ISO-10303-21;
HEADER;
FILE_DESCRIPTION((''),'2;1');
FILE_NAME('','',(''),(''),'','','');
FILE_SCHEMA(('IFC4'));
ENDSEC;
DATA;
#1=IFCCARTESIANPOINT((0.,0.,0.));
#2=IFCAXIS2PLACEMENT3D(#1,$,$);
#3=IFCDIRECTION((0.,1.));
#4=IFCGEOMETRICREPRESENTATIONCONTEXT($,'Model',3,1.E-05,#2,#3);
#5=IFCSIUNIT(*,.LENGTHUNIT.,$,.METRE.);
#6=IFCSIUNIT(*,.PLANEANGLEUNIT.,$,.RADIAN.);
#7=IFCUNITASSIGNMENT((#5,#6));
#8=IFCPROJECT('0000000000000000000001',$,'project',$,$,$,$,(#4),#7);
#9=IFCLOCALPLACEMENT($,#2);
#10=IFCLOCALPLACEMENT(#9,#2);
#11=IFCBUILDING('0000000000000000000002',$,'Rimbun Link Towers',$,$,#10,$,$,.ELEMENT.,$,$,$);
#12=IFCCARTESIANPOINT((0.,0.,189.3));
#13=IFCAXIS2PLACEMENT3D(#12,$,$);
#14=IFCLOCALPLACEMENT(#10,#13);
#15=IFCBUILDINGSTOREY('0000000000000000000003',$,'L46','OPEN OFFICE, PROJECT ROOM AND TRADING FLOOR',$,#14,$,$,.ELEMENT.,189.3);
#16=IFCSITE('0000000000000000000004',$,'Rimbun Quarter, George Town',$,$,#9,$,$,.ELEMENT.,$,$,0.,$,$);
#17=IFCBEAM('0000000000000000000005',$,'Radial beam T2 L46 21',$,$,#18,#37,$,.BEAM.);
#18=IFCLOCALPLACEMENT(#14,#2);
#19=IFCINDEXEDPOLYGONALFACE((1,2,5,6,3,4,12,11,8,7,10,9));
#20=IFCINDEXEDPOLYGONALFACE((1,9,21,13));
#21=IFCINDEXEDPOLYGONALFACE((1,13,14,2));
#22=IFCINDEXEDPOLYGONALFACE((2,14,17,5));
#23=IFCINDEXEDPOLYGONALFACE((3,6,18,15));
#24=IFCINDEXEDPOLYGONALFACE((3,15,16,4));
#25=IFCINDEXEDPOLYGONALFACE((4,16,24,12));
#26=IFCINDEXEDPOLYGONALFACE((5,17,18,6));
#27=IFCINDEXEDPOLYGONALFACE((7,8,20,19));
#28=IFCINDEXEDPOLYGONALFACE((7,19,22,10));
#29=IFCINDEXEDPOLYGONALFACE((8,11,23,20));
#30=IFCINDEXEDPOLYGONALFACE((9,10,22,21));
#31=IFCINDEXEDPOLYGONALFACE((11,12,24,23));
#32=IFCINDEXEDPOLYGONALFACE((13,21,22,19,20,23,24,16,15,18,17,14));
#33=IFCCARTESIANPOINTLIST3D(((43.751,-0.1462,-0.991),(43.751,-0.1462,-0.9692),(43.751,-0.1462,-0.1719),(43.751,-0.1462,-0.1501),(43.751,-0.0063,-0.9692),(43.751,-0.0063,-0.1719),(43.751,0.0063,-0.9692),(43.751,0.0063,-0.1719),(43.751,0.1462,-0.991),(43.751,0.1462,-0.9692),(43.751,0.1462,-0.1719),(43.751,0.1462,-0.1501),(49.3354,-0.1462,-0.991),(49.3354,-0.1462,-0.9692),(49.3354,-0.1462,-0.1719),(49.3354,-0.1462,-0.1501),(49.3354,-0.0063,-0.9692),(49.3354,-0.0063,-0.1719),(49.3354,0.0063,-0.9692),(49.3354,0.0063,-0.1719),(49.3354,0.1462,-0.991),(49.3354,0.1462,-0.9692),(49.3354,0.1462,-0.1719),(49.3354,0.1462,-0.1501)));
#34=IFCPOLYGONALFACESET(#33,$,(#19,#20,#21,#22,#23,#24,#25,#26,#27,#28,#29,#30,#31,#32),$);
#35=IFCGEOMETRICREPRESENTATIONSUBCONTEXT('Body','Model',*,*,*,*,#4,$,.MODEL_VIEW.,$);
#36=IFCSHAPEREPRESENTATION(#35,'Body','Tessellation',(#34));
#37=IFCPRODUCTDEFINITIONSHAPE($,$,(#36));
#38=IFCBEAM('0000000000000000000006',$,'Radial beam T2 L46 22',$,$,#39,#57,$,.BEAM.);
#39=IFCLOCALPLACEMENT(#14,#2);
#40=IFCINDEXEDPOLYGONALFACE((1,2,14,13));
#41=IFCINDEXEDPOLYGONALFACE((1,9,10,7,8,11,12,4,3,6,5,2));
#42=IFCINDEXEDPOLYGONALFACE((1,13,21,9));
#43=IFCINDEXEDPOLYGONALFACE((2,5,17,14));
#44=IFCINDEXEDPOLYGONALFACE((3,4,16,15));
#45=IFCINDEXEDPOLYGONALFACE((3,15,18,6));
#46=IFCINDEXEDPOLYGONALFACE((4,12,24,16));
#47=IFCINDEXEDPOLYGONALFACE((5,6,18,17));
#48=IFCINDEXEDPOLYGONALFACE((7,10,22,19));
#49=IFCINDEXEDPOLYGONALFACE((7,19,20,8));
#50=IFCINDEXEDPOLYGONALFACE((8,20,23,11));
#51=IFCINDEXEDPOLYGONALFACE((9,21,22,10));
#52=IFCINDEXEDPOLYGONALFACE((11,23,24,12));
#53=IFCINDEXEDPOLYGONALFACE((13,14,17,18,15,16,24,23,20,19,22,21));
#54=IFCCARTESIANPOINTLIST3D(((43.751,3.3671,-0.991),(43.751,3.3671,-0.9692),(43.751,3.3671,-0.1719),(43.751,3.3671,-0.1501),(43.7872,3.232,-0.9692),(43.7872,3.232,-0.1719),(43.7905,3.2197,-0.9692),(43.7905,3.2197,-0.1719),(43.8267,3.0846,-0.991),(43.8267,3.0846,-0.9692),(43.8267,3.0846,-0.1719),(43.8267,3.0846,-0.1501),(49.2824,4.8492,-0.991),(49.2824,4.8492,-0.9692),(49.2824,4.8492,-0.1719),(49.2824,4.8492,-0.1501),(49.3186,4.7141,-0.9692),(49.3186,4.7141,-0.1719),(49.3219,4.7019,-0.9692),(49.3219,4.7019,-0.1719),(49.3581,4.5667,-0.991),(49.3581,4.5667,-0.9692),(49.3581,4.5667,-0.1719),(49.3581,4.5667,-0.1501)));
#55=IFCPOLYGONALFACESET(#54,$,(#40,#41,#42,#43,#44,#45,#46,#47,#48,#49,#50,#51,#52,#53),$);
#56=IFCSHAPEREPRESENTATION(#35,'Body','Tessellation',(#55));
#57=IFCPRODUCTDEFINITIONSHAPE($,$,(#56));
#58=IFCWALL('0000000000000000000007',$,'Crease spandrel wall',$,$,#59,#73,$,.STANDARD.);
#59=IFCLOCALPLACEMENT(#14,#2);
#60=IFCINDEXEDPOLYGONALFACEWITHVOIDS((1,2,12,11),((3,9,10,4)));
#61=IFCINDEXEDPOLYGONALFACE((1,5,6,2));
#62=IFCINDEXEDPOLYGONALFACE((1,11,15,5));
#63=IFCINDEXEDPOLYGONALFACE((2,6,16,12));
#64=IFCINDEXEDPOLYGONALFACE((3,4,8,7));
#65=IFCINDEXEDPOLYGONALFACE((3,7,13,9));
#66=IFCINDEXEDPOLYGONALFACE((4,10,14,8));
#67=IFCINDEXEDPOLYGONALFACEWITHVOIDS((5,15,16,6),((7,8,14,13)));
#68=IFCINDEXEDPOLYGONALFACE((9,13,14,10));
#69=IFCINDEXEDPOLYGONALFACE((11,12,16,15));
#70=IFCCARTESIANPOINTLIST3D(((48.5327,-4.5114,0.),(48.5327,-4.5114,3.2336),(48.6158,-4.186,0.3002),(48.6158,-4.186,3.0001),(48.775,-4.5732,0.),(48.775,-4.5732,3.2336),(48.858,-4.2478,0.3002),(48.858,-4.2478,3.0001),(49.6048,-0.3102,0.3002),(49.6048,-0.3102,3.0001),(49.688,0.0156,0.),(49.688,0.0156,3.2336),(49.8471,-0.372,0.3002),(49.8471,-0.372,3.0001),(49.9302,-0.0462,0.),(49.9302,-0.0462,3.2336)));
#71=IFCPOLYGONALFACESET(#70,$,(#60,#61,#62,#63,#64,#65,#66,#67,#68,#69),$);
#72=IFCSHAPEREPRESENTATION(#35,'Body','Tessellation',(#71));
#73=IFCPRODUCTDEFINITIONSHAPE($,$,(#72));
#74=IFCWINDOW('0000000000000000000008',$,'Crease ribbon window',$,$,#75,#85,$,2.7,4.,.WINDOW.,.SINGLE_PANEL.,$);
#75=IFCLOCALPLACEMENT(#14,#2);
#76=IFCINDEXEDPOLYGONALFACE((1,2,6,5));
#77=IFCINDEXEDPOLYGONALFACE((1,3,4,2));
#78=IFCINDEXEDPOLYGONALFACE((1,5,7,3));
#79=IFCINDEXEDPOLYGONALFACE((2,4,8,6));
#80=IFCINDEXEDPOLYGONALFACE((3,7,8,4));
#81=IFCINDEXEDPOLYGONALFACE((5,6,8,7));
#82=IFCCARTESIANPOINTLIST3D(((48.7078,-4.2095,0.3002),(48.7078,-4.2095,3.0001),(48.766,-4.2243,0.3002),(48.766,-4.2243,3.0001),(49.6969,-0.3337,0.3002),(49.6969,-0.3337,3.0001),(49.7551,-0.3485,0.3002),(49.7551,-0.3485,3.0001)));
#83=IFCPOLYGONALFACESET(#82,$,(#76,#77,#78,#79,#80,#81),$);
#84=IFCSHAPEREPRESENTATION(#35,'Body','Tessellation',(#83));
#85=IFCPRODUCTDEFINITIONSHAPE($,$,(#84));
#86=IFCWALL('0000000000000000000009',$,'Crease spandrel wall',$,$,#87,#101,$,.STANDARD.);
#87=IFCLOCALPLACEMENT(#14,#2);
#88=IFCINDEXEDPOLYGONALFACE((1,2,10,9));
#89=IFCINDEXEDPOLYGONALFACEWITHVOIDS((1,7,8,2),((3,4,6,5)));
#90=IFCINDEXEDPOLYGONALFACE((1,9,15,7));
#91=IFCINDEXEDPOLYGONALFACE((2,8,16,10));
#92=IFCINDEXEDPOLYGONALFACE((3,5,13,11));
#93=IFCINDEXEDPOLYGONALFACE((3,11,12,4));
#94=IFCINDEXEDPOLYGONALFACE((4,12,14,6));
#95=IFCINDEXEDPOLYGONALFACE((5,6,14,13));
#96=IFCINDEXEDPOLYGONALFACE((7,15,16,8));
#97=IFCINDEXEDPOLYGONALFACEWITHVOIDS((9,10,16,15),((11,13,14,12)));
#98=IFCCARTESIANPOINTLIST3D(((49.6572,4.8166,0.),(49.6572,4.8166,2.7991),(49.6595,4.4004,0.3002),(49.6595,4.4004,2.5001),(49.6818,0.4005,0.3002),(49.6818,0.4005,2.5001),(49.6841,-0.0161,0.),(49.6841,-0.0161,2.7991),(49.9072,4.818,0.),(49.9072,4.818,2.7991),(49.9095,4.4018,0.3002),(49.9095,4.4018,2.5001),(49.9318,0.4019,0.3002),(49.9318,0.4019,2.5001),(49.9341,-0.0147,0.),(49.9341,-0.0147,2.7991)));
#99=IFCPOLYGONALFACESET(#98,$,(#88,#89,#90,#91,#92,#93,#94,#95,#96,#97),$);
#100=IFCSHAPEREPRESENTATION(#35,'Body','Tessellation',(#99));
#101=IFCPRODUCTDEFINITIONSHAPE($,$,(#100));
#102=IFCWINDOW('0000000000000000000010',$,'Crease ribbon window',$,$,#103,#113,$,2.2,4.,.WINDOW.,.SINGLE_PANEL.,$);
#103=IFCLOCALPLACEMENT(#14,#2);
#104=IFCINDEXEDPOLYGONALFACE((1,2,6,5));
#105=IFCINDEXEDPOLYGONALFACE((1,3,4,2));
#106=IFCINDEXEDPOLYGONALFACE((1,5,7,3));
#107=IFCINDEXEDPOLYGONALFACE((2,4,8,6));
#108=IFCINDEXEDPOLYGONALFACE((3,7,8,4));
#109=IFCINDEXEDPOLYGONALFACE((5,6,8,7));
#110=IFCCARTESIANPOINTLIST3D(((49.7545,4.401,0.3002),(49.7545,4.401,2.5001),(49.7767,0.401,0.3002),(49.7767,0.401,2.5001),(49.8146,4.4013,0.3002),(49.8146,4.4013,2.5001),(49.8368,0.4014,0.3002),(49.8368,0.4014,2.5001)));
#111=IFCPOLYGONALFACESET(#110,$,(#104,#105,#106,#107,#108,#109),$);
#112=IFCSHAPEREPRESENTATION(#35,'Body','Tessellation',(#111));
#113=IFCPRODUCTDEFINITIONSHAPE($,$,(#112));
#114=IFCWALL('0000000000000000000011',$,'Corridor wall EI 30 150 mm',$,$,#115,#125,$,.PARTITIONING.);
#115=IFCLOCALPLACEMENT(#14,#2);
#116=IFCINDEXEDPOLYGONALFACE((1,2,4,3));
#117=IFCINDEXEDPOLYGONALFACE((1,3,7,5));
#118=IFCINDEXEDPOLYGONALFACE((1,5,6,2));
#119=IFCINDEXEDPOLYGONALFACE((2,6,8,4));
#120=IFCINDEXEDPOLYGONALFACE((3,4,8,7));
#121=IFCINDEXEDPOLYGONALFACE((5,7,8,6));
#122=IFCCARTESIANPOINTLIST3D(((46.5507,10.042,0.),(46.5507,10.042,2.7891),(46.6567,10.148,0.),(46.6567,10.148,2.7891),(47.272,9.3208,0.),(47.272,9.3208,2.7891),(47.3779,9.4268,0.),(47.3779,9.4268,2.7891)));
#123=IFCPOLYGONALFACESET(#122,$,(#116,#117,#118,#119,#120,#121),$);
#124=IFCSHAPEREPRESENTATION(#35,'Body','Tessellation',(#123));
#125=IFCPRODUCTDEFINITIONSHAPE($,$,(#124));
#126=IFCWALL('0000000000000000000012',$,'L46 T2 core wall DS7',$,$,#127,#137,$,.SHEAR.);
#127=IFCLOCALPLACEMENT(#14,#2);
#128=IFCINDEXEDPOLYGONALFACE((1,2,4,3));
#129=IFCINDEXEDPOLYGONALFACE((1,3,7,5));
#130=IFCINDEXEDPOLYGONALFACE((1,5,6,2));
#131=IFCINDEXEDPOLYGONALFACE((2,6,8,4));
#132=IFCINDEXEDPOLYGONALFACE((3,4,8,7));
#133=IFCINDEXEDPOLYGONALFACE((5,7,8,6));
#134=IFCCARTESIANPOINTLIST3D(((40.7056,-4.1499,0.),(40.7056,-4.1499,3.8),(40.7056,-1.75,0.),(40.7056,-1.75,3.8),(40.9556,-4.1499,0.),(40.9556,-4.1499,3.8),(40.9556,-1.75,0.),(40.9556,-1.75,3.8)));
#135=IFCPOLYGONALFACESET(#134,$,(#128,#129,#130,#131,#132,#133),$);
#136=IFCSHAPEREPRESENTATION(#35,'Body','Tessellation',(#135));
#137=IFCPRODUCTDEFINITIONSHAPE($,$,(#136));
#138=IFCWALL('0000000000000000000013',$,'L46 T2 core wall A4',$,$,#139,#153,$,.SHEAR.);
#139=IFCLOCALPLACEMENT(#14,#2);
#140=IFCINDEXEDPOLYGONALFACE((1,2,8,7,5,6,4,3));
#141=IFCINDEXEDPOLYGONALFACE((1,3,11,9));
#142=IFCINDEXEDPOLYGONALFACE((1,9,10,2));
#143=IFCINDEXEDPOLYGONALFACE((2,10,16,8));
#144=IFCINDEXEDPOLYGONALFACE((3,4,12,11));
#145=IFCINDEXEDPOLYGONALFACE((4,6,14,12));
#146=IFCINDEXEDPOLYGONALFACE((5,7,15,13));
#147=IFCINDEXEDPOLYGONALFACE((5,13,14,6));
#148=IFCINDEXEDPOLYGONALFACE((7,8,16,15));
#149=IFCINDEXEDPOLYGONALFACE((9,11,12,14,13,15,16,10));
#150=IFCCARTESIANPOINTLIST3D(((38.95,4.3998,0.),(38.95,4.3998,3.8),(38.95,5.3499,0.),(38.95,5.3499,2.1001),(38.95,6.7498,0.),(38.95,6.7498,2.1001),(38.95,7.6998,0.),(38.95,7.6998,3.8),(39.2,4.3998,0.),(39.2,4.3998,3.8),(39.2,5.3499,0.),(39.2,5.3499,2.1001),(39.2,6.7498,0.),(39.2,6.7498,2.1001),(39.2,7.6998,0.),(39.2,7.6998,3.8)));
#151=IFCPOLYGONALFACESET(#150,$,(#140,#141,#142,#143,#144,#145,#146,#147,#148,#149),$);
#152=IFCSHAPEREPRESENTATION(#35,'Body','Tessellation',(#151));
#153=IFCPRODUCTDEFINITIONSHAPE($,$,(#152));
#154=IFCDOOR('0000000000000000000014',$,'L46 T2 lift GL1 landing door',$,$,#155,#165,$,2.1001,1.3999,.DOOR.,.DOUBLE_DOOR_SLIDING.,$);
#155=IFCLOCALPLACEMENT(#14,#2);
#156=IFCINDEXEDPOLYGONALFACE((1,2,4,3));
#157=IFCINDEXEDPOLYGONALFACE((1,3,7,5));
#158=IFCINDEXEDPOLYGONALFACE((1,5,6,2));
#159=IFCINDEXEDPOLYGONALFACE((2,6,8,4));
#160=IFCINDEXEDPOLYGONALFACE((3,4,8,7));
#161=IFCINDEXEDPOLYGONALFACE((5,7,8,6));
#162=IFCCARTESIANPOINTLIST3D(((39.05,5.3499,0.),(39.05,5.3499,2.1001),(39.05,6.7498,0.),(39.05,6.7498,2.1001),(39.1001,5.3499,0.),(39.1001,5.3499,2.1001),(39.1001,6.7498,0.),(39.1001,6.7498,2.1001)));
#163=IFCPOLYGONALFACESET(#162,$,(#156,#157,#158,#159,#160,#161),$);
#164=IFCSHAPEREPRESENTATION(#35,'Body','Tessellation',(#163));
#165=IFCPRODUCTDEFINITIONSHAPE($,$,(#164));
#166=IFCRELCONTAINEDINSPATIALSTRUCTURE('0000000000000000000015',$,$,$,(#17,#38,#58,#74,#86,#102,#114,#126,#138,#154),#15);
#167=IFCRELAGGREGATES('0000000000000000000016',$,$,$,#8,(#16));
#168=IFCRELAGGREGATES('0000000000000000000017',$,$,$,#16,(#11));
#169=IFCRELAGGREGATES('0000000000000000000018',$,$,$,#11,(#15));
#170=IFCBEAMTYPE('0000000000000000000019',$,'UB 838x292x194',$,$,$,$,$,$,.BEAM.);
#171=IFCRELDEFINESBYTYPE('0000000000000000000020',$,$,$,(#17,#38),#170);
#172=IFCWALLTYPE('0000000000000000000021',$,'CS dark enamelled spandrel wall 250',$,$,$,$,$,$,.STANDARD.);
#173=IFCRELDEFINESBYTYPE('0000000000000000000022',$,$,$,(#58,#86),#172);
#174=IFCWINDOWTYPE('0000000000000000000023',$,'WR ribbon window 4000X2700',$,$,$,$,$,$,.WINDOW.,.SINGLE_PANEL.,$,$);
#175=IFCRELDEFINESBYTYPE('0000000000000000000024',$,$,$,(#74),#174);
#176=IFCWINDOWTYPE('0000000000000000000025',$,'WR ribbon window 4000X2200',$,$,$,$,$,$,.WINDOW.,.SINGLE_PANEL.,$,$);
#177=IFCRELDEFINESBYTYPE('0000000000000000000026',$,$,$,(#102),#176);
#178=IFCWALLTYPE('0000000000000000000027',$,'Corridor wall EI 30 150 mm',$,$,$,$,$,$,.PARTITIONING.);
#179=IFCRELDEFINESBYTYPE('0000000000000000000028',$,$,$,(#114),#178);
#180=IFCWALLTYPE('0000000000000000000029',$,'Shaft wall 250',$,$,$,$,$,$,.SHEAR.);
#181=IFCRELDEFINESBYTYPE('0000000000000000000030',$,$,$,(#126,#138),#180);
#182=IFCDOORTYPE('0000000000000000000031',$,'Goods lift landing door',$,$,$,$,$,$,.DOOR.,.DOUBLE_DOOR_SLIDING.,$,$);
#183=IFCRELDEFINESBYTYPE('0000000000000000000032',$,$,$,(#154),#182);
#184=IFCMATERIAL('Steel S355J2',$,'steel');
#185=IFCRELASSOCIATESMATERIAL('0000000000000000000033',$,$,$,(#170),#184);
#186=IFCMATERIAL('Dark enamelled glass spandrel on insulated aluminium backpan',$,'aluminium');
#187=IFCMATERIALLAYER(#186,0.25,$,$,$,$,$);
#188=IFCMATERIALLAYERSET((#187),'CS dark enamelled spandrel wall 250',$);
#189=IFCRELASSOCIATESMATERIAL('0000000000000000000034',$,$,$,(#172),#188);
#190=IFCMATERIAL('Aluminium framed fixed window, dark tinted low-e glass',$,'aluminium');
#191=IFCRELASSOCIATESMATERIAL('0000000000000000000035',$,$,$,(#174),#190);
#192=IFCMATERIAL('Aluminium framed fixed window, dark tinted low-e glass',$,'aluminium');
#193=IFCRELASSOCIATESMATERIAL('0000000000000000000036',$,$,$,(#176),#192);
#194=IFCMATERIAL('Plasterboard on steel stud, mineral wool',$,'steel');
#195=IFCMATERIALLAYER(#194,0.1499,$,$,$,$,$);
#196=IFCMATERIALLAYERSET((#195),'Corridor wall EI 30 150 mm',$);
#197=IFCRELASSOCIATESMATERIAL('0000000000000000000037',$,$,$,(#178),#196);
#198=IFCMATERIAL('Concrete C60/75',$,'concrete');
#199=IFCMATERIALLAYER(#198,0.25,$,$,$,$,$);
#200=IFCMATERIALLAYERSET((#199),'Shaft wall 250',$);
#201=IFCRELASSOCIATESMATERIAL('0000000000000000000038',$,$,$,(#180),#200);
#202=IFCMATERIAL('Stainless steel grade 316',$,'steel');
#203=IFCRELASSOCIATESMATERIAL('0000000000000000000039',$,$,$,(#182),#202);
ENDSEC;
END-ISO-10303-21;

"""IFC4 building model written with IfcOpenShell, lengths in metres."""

from ifc_helpers import new_model, si_unit, direction, frame, frame_2d, origin, origin_2d, place, context, subcontext, project, spatial, rectangle, i_section, extrude, material, layer, layer_set, material_profile, profile_set, type_object, element, fill, save


model = new_model("IFC4")

# Units and contexts
model_context = context("Model", 3, precision=1e-05, world=origin(), true_north=direction((0.0, 1.0)))
body_context = subcontext(model_context, "Body", "Model", "MODEL_VIEW")
ifc_project = project(units=[si_unit("LENGTHUNIT", "METRE"), si_unit("PLANEANGLEUNIT", "RADIAN")], contexts=[model_context])

# Site, building, storey
site_placement = place(None, origin())
site = spatial("IfcSite", under=ifc_project, at=site_placement, Name="Rimbun Quarter, George Town", CompositionType="ELEMENT", RefElevation=0.0)
building_placement = place(site_placement, origin())
building = spatial("IfcBuilding", under=site, at=building_placement, Name="Rimbun Link Towers", CompositionType="ELEMENT")
storey_placement = place(building_placement, frame((0.0, 0.0, 189.3)))
storey = spatial("IfcBuildingStorey", under=building, at=storey_placement, Name="L46", Description="OPEN OFFICE, PROJECT ROOM AND TRADING FLOOR", CompositionType="ELEMENT", Elevation=189.3)

# Beams
ifc_material_1 = material(Name="Steel S355J2", Category="steel")
ifc_material_profile_1 = material_profile(ifc_material_1, i_section(OverallWidth=0.2925, OverallDepth=0.8408, WebThickness=0.0127, FlangeThickness=0.0217, at=origin_2d()), Name="UB 838x292x194")
ifc_profile_set_1 = profile_set([ifc_material_profile_1], Name="Steel S355J2")
beam_type_1 = type_object("IfcBeamType", Name="UB 838x292x194", PredefinedType="BEAM", material=ifc_profile_set_1)
beam_1_placement = place(storey_placement, frame((43.751, 0.0, -0.5706), z_axis=(1.0, 0.0, 0.0), x_axis=(0.0, 1.0, 0.0)))
element("IfcBeam", 1, at=beam_1_placement, inside=storey, type_object=beam_type_1, Name="Radial beam T2 L46 21", PredefinedType="BEAM", context=body_context, shape_type="SweptSolid", body=[
    extrude(i_section(OverallWidth=0.2925, OverallDepth=0.8408, WebThickness=0.0127, FlangeThickness=0.0217, at=origin_2d()), origin(), (0.0, 0.0, 1.0), 5.5845),
])
beam_2_placement = place(storey_placement, frame((43.7888, 3.2258, -0.5706), z_axis=(0.965925, 0.258822, 0.0), x_axis=(-0.258822, 0.965925, 0.0)))
element("IfcBeam", 2, at=beam_2_placement, inside=storey, type_object=beam_type_1, Name="Radial beam T2 L46 22", PredefinedType="BEAM", context=body_context, shape_type="SweptSolid", body=[
    extrude(i_section(OverallWidth=0.2925, OverallDepth=0.8408, WebThickness=0.0127, FlangeThickness=0.0217, at=origin_2d()), origin(), (0.0, 0.0, 1.0), 5.7266),
])

# Walls, openings, windows
ifc_material_2 = material(Name="Dark enamelled glass spandrel on insulated aluminium backpan", Category="aluminium")
ifc_layer_1 = layer(ifc_material_2, 0.25)
ifc_layer_set_1 = layer_set([ifc_layer_1], Name="CS dark enamelled spandrel wall 250")
wall_type_1 = type_object("IfcWallType", Name="CS dark enamelled spandrel wall 250", PredefinedType="STANDARD", material=ifc_layer_set_1)
wall_1_placement = place(storey_placement, frame((49.8091, -0.0154, 0.0), z_axis=(0.0, 0.0, 1.0), x_axis=(-0.247266, -0.968948, 0.0)))
wall_1 = element("IfcWall", 3, at=wall_1_placement, inside=storey, type_object=wall_type_1, Name="Crease spandrel wall", PredefinedType="STANDARD", context=body_context, shape_type="SweptSolid", body=[
    extrude(rectangle(XDim=4.6721, YDim=0.25, at=frame_2d((2.3359, 0.0))), origin(), (0.0, 0.0, 1.0), 3.2336),
])
opening_1_placement = place(wall_1_placement, frame((0.3362, 0.0, 0.3)))
opening_1 = element("IfcOpeningElement", 4, at=opening_1_placement, cuts=wall_1, PredefinedType="OPENING", context=body_context, shape_type="SweptSolid", body=[
    extrude(rectangle(XDim=4.0, YDim=2.7, at=frame_2d((2.0, 1.3501))), frame((0.0, 0.135, 0.0), z_axis=(0.0, -1.0, 0.0), x_axis=(1.0, 0.0, 0.0)), (0.0, 0.0, 1.0), 0.27),
])
ifc_material_3 = material(Name="Aluminium framed fixed window, dark tinted low-e glass", Category="aluminium")
window_type_1 = type_object("IfcWindowType", Name="WR ribbon window 4000X2700", PartitioningType="SINGLE_PANEL", PredefinedType="WINDOW", material=ifc_material_3)
window_1_placement = place(opening_1_placement, origin())
window_1 = element("IfcWindow", 5, at=window_1_placement, inside=storey, type_object=window_type_1, Name="Crease ribbon window", OverallHeight=2.7, OverallWidth=4.0, PartitioningType="SINGLE_PANEL", PredefinedType="WINDOW", context=body_context, shape_type="SweptSolid", body=[
    extrude(rectangle(XDim=4.0, YDim=2.7, at=frame_2d((2.0, 1.3501))), frame((0.0, 0.03, 0.0), z_axis=(0.0, -1.0, 0.0), x_axis=(1.0, 0.0, 0.0)), (0.0, 0.0, 1.0), 0.0601),
])
fill(opening_1, window_1)
wall_2_placement = place(storey_placement, frame((49.7822, 4.8174, 0.0), z_axis=(0.0, 0.0, 1.0), x_axis=(0.005557, -0.999985, 0.0)))
wall_2 = element("IfcWall", 6, at=wall_2_placement, inside=storey, type_object=wall_type_1, Name="Crease spandrel wall", PredefinedType="STANDARD", context=body_context, shape_type="SweptSolid", body=[
    extrude(rectangle(XDim=4.8328, YDim=0.25, at=frame_2d((2.4165, 0.0))), origin(), (0.0, 0.0, 1.0), 2.7991),
])
opening_2_placement = place(wall_2_placement, frame((0.4163, 0.0, 0.3)))
opening_2 = element("IfcOpeningElement", 7, at=opening_2_placement, cuts=wall_2, PredefinedType="OPENING", context=body_context, shape_type="SweptSolid", body=[
    extrude(rectangle(XDim=4.0, YDim=2.2, at=frame_2d((2.0, 1.1001))), frame((0.0, 0.135, 0.0), z_axis=(0.0, -1.0, 0.0), x_axis=(1.0, 0.0, 0.0)), (0.0, 0.0, 1.0), 0.27),
])
ifc_material_4 = material(Name="Aluminium framed fixed window, dark tinted low-e glass", Category="aluminium")
window_type_2 = type_object("IfcWindowType", Name="WR ribbon window 4000X2200", PartitioningType="SINGLE_PANEL", PredefinedType="WINDOW", material=ifc_material_4)
window_2_placement = place(opening_2_placement, origin())
window_2 = element("IfcWindow", 8, at=window_2_placement, inside=storey, type_object=window_type_2, Name="Crease ribbon window", OverallHeight=2.2, OverallWidth=4.0, PartitioningType="SINGLE_PANEL", PredefinedType="WINDOW", context=body_context, shape_type="SweptSolid", body=[
    extrude(rectangle(XDim=4.0, YDim=2.2, at=frame_2d((2.0, 1.1001))), frame((0.0, 0.03, 0.0), z_axis=(0.0, -1.0, 0.0), x_axis=(1.0, 0.0, 0.0)), (0.0, 0.0, 1.0), 0.0601),
])
fill(opening_2, window_2)

# Walls
ifc_material_5 = material(Name="Plasterboard on steel stud, mineral wool", Category="steel")
ifc_layer_2 = layer(ifc_material_5, 0.1499)
ifc_layer_set_2 = layer_set([ifc_layer_2], Name="Corridor wall EI 30 150 mm")
wall_type_2 = type_object("IfcWallType", Name="Corridor wall EI 30 150 mm", PredefinedType="PARTITIONING", material=ifc_layer_set_2)
wall_3_placement = place(storey_placement, frame((47.325, 9.3738, 0.0), z_axis=(0.0, 0.0, 1.0), x_axis=(-0.707107, 0.707107, 0.0)))
element("IfcWall", 9, at=wall_3_placement, inside=storey, type_object=wall_type_2, Name="Corridor wall EI 30 150 mm", PredefinedType="PARTITIONING", context=body_context, shape_type="SweptSolid", body=[
    extrude(rectangle(XDim=1.02, YDim=0.1499, at=frame_2d((0.51, 0.0))), origin(), (0.0, 0.0, 1.0), 2.7891),
])
ifc_material_6 = material(Name="Concrete C60/75", Category="concrete")
ifc_layer_3 = layer(ifc_material_6, 0.25)
ifc_layer_set_3 = layer_set([ifc_layer_3], Name="Shaft wall 250")
wall_type_3 = type_object("IfcWallType", Name="Shaft wall 250", PredefinedType="SHEAR", material=ifc_layer_set_3)
wall_4_placement = place(storey_placement, frame((40.8306, -4.1499, 0.0), z_axis=(0.0, 0.0, 1.0), x_axis=(0.0, 1.0, 0.0)))
element("IfcWall", 10, at=wall_4_placement, inside=storey, type_object=wall_type_3, Name="L46 T2 core wall DS7", PredefinedType="SHEAR", context=body_context, shape_type="SweptSolid", body=[
    extrude(rectangle(XDim=2.3999, YDim=0.25, at=frame_2d((1.2, 0.0))), origin(), (0.0, 0.0, 1.0), 3.8),
])

# Wall, opening, door
wall_5_placement = place(storey_placement, frame((39.075, 4.3999, 0.0), z_axis=(0.0, 0.0, 1.0), x_axis=(0.0, 1.0, 0.0)))
wall_5 = element("IfcWall", 11, at=wall_5_placement, inside=storey, type_object=wall_type_3, Name="L46 T2 core wall A4", PredefinedType="SHEAR", context=body_context, shape_type="SweptSolid", body=[
    extrude(rectangle(XDim=3.3, YDim=0.25, at=frame_2d((1.6499, 0.0))), origin(), (0.0, 0.0, 1.0), 3.8),
])
opening_3_placement = place(wall_5_placement, frame((0.95, 0.0, 0.0)))
opening_3 = element("IfcOpeningElement", 12, at=opening_3_placement, cuts=wall_5, PredefinedType="OPENING", context=body_context, shape_type="SweptSolid", body=[
    extrude(rectangle(XDim=1.3999, YDim=2.1001, at=frame_2d((0.7, 1.05))), frame((0.0, 0.135, 0.0), z_axis=(0.0, -1.0, 0.0), x_axis=(1.0, 0.0, 0.0)), (0.0, 0.0, 1.0), 0.27),
])
ifc_material_7 = material(Name="Stainless steel grade 316", Category="steel")
door_type = type_object("IfcDoorType", Name="Goods lift landing door", OperationType="DOUBLE_DOOR_SLIDING", PredefinedType="DOOR", material=ifc_material_7)
door_placement = place(opening_3_placement, origin())
door = element("IfcDoor", 13, at=door_placement, inside=storey, type_object=door_type, Name="L46 T2 lift GL1 landing door", OperationType="DOUBLE_DOOR_SLIDING", OverallHeight=2.1001, OverallWidth=1.3999, PredefinedType="DOOR", context=body_context, shape_type="SweptSolid", body=[
    extrude(rectangle(XDim=1.3999, YDim=2.1001, at=frame_2d((0.7, 1.05))), frame((0.0, 0.0249, 0.0), z_axis=(0.0, -1.0, 0.0), x_axis=(1.0, 0.0, 0.0)), (0.0, 0.0, 1.0), 0.05),
])
fill(opening_3, door)

save(model, "model.ifc")
